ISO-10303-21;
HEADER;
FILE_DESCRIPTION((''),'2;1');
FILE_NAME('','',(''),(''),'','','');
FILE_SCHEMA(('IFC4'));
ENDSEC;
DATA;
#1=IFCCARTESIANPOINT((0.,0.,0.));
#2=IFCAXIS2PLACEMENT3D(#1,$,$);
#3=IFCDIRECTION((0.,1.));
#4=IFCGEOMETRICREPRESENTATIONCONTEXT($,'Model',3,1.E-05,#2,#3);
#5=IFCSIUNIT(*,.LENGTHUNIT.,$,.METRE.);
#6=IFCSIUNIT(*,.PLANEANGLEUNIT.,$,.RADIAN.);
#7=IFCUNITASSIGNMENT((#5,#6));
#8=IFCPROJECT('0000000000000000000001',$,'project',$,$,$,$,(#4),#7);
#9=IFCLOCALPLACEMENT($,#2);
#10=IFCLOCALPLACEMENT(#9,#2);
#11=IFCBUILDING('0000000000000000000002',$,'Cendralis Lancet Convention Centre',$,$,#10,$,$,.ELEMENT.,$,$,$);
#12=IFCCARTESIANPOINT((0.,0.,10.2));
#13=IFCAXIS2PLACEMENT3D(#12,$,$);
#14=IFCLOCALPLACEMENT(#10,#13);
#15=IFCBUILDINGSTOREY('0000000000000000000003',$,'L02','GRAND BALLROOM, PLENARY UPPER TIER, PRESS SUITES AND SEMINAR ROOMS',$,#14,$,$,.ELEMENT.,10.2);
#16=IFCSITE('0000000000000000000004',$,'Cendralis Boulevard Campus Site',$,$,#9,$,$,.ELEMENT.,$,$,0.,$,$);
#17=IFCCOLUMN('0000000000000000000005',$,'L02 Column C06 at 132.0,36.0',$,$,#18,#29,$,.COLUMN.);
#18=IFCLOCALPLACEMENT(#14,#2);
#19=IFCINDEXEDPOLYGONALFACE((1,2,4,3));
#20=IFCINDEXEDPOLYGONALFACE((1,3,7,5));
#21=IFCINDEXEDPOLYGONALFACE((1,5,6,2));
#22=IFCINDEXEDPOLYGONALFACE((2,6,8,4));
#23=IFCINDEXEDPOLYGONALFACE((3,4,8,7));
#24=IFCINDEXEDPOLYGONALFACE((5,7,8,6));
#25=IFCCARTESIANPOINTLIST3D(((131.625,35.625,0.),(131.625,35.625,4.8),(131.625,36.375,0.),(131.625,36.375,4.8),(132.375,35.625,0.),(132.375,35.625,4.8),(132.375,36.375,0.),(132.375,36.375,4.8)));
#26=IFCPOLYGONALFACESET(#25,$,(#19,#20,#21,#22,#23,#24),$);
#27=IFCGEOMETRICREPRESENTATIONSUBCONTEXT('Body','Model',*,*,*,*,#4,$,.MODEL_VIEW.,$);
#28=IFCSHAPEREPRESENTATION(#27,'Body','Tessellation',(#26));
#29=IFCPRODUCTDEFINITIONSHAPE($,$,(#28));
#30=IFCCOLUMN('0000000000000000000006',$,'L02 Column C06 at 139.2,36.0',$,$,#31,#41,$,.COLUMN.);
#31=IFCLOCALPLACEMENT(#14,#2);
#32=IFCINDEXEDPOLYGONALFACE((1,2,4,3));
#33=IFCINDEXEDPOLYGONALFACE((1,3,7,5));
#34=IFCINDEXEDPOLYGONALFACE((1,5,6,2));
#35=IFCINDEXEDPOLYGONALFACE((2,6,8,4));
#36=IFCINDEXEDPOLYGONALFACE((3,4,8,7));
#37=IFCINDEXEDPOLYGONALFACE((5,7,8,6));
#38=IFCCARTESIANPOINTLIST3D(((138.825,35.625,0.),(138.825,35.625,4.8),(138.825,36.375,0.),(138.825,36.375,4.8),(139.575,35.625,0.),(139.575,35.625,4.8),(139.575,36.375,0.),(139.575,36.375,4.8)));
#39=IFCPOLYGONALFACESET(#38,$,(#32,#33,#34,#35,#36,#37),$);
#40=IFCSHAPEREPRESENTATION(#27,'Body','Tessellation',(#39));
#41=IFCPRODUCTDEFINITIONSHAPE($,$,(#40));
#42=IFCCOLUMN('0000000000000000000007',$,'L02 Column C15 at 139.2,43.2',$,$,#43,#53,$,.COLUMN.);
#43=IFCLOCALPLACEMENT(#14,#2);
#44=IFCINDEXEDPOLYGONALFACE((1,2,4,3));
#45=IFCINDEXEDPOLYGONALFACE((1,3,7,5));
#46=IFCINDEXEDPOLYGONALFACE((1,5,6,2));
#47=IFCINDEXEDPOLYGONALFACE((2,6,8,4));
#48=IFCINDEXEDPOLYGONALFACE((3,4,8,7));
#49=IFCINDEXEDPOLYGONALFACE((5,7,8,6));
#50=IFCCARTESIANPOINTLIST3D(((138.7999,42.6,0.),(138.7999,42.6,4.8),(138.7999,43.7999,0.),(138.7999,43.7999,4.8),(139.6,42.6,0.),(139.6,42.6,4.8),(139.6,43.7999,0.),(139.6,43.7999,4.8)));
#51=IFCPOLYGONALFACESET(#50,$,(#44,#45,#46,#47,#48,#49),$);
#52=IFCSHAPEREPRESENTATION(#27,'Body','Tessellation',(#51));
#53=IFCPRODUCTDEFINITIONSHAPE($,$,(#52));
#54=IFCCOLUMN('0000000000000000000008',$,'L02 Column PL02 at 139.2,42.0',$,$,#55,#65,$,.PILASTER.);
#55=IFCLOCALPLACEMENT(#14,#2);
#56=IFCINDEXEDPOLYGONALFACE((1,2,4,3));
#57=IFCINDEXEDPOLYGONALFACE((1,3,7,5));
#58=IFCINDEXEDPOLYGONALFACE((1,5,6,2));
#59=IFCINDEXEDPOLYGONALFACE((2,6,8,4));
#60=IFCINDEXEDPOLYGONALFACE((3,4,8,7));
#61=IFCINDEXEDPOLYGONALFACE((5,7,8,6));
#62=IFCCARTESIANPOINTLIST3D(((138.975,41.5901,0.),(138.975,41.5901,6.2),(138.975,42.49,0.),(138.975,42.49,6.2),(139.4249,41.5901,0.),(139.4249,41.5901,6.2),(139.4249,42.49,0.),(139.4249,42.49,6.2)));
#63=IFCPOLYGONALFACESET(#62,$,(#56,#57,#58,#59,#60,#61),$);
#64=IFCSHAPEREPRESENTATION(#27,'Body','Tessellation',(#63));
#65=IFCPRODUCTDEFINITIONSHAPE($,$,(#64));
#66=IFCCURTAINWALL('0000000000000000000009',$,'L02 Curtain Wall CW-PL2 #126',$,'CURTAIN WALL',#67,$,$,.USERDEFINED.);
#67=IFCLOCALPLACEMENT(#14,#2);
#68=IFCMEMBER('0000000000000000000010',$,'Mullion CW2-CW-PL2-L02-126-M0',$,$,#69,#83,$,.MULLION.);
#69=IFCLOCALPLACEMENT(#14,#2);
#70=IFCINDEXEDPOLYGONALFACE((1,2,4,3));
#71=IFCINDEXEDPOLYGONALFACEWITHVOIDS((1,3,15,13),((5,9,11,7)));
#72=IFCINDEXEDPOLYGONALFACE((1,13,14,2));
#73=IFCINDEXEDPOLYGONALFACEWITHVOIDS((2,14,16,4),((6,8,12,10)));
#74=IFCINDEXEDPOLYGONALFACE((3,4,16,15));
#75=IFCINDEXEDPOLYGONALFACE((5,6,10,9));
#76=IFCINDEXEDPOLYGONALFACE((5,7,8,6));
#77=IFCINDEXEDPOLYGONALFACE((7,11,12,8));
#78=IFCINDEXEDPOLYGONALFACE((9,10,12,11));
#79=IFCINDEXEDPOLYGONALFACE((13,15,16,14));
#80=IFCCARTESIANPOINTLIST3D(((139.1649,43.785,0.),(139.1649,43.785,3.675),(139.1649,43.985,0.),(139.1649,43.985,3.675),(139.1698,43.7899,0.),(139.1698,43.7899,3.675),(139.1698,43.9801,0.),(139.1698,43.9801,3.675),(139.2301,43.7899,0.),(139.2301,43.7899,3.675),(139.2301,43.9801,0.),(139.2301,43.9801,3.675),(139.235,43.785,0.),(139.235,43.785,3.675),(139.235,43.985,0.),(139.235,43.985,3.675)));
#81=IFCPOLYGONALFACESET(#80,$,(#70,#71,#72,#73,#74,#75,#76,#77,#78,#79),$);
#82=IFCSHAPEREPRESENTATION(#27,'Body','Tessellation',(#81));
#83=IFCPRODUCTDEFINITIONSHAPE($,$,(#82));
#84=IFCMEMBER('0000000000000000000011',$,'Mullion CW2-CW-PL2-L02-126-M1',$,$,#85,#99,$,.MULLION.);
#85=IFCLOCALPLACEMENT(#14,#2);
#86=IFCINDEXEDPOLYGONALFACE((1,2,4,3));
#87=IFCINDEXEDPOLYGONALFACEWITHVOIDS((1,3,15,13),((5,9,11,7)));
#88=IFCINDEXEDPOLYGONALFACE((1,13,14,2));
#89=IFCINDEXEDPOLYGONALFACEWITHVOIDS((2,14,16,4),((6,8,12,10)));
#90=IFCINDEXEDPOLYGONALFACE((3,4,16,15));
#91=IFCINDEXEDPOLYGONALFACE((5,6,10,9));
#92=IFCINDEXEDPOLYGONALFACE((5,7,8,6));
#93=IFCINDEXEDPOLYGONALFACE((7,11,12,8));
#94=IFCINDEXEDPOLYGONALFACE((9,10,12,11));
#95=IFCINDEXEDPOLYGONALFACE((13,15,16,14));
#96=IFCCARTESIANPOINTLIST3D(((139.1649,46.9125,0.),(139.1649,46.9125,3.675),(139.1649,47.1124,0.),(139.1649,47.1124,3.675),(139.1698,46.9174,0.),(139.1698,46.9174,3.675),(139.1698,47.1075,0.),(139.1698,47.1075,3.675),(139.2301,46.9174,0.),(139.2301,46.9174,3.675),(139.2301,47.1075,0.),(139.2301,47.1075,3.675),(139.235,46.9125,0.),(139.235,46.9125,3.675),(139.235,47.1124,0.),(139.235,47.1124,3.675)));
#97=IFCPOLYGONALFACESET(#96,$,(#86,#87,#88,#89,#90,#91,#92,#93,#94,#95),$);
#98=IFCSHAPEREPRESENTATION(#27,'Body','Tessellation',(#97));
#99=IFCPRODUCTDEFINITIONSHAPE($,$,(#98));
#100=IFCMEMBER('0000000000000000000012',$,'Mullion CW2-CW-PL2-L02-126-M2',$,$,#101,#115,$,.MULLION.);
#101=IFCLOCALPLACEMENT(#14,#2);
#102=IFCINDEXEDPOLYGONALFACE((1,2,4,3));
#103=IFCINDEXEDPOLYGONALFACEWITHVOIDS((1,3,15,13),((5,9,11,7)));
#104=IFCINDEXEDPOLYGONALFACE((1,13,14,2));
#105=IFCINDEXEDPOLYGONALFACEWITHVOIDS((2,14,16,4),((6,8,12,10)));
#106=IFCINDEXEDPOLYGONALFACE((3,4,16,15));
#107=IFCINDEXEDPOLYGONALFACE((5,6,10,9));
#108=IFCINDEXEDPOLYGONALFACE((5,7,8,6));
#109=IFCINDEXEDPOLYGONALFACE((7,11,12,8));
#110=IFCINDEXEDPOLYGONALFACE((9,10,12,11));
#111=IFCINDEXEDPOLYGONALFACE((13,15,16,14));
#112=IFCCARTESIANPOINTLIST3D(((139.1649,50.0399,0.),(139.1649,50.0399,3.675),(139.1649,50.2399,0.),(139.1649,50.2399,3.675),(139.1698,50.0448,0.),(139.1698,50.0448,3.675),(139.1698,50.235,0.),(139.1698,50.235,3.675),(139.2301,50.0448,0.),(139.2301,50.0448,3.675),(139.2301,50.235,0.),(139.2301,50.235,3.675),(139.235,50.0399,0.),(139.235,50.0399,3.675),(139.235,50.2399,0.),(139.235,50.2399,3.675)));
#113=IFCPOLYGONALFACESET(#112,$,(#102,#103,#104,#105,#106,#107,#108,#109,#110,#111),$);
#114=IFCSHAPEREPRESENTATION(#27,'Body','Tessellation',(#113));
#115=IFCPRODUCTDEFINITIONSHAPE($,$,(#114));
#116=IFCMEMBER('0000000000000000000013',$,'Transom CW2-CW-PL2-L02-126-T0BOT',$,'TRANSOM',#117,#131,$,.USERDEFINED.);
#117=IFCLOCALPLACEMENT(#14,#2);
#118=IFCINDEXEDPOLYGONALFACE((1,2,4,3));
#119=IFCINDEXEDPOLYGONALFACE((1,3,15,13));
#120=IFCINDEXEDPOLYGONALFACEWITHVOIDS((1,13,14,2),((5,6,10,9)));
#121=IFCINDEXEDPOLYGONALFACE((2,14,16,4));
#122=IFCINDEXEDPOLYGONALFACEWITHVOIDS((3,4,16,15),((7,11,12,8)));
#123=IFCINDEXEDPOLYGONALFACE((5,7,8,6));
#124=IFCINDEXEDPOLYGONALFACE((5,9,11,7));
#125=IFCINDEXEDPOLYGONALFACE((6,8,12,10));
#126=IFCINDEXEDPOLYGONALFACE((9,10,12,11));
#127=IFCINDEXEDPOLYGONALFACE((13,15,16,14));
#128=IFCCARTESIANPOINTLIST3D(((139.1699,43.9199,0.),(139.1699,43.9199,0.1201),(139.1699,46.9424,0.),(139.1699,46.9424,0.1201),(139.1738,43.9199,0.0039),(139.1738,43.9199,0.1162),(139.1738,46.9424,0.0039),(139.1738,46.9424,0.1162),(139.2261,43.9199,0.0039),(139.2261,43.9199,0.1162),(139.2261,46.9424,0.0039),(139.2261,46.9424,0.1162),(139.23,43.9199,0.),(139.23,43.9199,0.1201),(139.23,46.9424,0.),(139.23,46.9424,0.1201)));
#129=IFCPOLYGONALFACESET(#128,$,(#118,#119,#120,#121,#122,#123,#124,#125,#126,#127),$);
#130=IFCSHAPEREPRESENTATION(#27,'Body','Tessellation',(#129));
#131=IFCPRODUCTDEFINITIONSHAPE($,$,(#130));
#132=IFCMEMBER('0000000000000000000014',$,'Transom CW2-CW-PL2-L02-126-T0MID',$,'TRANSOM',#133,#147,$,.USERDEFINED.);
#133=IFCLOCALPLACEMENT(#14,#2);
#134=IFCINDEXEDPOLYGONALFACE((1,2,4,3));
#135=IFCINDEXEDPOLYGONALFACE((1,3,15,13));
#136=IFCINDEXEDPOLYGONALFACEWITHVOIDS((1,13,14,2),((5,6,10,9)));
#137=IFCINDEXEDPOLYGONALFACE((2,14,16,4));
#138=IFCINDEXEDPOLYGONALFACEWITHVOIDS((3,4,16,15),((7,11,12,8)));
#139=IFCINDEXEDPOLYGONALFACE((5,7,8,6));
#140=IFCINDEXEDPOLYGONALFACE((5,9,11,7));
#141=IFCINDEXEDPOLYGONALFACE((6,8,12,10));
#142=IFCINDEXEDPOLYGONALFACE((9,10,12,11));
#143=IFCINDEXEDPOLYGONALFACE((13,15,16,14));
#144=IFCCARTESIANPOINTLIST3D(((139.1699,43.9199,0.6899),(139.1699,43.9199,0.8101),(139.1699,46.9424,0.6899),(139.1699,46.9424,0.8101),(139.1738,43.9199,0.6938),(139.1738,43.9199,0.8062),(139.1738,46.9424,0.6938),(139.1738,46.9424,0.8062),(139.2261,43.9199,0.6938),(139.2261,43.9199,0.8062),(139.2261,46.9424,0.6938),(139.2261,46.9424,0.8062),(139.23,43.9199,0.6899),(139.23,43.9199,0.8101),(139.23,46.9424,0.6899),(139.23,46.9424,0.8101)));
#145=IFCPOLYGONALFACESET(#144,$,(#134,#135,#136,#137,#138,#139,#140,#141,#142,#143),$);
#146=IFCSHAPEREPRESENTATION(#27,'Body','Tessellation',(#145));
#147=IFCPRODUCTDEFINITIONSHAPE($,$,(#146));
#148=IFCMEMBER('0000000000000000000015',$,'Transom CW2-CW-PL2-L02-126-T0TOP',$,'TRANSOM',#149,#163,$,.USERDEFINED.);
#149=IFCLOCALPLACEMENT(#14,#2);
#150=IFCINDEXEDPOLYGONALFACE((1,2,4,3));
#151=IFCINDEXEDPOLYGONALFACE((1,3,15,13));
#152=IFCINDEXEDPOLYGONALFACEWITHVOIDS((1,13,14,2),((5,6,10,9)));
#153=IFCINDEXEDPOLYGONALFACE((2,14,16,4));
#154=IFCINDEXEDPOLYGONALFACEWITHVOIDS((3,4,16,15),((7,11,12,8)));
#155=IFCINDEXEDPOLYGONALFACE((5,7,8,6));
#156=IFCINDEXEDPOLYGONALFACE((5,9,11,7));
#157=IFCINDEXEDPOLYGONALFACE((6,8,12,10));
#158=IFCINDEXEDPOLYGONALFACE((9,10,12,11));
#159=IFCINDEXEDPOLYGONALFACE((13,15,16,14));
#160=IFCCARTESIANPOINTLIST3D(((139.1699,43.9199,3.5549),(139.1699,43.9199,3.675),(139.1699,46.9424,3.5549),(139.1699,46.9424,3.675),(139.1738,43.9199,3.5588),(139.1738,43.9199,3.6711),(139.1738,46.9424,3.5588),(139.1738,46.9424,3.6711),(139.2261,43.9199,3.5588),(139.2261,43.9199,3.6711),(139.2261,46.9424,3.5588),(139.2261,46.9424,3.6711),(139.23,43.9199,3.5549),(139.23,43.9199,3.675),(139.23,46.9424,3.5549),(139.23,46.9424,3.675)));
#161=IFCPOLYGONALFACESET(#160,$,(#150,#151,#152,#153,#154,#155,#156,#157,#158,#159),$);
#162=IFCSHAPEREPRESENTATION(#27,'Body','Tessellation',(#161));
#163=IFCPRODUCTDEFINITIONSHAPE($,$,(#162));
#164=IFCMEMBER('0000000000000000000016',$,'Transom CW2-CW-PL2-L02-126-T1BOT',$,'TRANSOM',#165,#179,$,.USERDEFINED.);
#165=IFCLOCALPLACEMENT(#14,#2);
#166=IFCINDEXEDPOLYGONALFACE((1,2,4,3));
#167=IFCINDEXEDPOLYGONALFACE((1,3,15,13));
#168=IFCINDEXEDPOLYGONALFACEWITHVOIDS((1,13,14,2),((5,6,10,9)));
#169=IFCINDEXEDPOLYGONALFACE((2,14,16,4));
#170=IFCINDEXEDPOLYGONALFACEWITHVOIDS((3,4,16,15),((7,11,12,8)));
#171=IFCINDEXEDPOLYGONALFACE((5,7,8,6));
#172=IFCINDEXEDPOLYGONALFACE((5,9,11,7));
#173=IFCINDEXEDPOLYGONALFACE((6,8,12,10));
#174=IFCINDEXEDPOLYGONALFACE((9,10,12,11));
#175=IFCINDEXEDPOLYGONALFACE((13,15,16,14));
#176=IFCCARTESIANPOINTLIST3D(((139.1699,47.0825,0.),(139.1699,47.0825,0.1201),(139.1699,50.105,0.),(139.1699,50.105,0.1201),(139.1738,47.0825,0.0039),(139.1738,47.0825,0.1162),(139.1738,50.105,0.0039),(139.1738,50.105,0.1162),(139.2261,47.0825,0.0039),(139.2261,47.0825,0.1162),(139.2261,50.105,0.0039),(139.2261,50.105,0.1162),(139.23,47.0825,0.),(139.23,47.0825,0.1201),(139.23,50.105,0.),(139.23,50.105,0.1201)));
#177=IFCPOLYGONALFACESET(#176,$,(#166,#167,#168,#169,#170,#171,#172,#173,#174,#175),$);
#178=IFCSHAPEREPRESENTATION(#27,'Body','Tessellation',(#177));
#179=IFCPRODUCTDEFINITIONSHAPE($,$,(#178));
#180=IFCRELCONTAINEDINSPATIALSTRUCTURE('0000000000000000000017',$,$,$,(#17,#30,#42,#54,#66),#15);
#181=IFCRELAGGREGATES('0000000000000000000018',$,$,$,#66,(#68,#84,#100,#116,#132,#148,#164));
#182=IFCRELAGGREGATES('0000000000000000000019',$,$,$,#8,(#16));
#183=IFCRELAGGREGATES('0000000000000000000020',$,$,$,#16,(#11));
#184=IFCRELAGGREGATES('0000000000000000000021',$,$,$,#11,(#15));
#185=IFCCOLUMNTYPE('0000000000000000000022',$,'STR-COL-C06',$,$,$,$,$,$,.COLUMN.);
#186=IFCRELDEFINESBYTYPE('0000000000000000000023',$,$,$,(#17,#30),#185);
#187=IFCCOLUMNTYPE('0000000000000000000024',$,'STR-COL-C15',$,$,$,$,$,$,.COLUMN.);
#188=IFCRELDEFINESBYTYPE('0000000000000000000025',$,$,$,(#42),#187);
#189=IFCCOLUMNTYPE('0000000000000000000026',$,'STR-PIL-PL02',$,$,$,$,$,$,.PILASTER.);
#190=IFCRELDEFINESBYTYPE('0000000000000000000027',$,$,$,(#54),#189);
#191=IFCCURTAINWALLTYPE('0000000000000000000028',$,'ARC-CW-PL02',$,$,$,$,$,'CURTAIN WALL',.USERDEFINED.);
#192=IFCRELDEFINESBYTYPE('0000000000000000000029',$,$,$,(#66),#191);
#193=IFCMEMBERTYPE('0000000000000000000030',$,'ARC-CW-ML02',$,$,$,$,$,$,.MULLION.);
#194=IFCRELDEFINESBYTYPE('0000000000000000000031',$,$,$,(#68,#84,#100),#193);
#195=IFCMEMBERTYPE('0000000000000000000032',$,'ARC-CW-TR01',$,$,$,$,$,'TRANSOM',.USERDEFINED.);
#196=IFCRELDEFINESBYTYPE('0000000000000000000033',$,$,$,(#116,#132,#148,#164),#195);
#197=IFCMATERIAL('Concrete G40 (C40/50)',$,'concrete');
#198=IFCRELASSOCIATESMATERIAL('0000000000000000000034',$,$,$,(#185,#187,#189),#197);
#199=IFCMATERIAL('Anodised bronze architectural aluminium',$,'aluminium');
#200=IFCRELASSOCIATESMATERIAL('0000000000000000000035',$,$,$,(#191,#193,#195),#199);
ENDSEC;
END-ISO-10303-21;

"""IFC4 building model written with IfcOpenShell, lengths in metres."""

from ifc_helpers import new_model, si_unit, direction, frame, origin, origin_2d, place, context, subcontext, project, spatial, rectangle, hollow_rectangle, extrude, material, material_profile, profile_set, type_object, element, aggregate, save


model = new_model("IFC4")

# Units and contexts
model_context = context("Model", 3, precision=1e-05, world=origin(), true_north=direction((0.0, 1.0)))
body_context = subcontext(model_context, "Body", "Model", "MODEL_VIEW")
ifc_project = project(units=[si_unit("LENGTHUNIT", "METRE"), si_unit("PLANEANGLEUNIT", "RADIAN")], contexts=[model_context])

# Site, building, storey
site_placement = place(None, origin())
site = spatial("IfcSite", under=ifc_project, at=site_placement, Name="Cendralis Boulevard Campus Site", CompositionType="ELEMENT", RefElevation=0.0)
building_placement = place(site_placement, origin())
building = spatial("IfcBuilding", under=site, at=building_placement, Name="Cendralis Lancet Convention Centre", CompositionType="ELEMENT")
storey_placement = place(building_placement, frame((0.0, 0.0, 10.2)))
storey = spatial("IfcBuildingStorey", under=building, at=storey_placement, Name="L02", Description="GRAND BALLROOM, PLENARY UPPER TIER, PRESS SUITES AND SEMINAR ROOMS", CompositionType="ELEMENT", Elevation=10.2)

# Columns
ifc_material_1 = material(Name="Concrete G40 (C40/50)", Category="concrete")
ifc_material_profile_1 = material_profile(ifc_material_1, rectangle(XDim=0.75, YDim=0.75, at=origin_2d()), Name="RC 750x750")
ifc_profile_set_1 = profile_set([ifc_material_profile_1], Name="Concrete G40 (C40/50)")
column_type_1 = type_object("IfcColumnType", Name="STR-COL-C06", PredefinedType="COLUMN", material=ifc_profile_set_1)
for number, where, z_axis, x_axis, name in (
    (1, (132.0, 36.0, 0.0), (0.0, 0.0, 1.0), (1.0, 0.0, 0.0), "L02 Column C06 at 132.0,36.0"),
    (2, (139.2, 36.0, 0.0), (0.0, 0.0, 1.0), (1.0, 0.0, 0.0), "L02 Column C06 at 139.2,36.0"),
):
    element("IfcColumn", number, at=place(storey_placement, frame(where, z_axis=z_axis, x_axis=x_axis)), inside=storey, type_object=column_type_1, Name=name, PredefinedType="COLUMN", context=body_context, shape_type="SweptSolid", body=[
        extrude(rectangle(XDim=0.75, YDim=0.75, at=origin_2d()), origin(), (0.0, 0.0, 1.0), 4.8),
    ])
ifc_material_profile_2 = material_profile(ifc_material_1, rectangle(XDim=0.8, YDim=1.2, at=origin_2d()), Name="RC 800x1200")
ifc_profile_set_2 = profile_set([ifc_material_profile_2], Name="Concrete G40 (C40/50)")
column_type_2 = type_object("IfcColumnType", Name="STR-COL-C15", PredefinedType="COLUMN", material=ifc_profile_set_2)
column_1_placement = place(storey_placement, frame((139.2, 43.2, 0.0), z_axis=(0.0, 0.0, 1.0), x_axis=(1.0, 0.0, 0.0)))
element("IfcColumn", 3, at=column_1_placement, inside=storey, type_object=column_type_2, Name="L02 Column C15 at 139.2,43.2", PredefinedType="COLUMN", context=body_context, shape_type="SweptSolid", body=[
    extrude(rectangle(XDim=0.8, YDim=1.2, at=origin_2d()), origin(), (0.0, 0.0, 1.0), 4.8),
])
ifc_material_profile_3 = material_profile(ifc_material_1, rectangle(XDim=0.45, YDim=0.8999, at=origin_2d()), Name="RC 450x900")
ifc_profile_set_3 = profile_set([ifc_material_profile_3], Name="Concrete G40 (C40/50)")
column_type_3 = type_object("IfcColumnType", Name="STR-PIL-PL02", PredefinedType="PILASTER", material=ifc_profile_set_3)
column_2_placement = place(storey_placement, frame((139.2, 42.04, 0.0), z_axis=(0.0, 0.0, 1.0), x_axis=(1.0, 0.0, 0.0)))
element("IfcColumn", 4, at=column_2_placement, inside=storey, type_object=column_type_3, Name="L02 Column PL02 at 139.2,42.0", PredefinedType="PILASTER", context=body_context, shape_type="SweptSolid", body=[
    extrude(rectangle(XDim=0.45, YDim=0.8999, at=origin_2d()), origin(), (0.0, 0.0, 1.0), 6.2),
])

# Curtain wall, members
ifc_material_2 = material(Name="Anodised bronze architectural aluminium", Category="aluminium")
curtain_wall_type = type_object("IfcCurtainWallType", Name="ARC-CW-PL02", ElementType="CURTAIN WALL", PredefinedType="USERDEFINED", material=ifc_material_2)
curtain_wall_placement = place(storey_placement, origin())
curtain_wall = element("IfcCurtainWall", 5, at=curtain_wall_placement, inside=storey, type_object=curtain_wall_type, Name="L02 Curtain Wall CW-PL2 #126", ObjectType="CURTAIN WALL", PredefinedType="USERDEFINED")
ifc_material_profile_4 = material_profile(ifc_material_2, hollow_rectangle(XDim=0.0701, YDim=0.2, WallThickness=0.0049, at=origin_2d()), Name="AL-MULL 70x200x5.0")
ifc_profile_set_4 = profile_set([ifc_material_profile_4], Name="Anodised bronze architectural aluminium")
member_type_1 = type_object("IfcMemberType", Name="ARC-CW-ML02", PredefinedType="MULLION", material=ifc_profile_set_4)
member_1_placement = place(storey_placement, frame((139.2, 43.885, 0.0), z_axis=(0.0, 0.0, 1.0), x_axis=(1.0, 0.0, 0.0)))
member_1 = element("IfcMember", 6, at=member_1_placement, type_object=member_type_1, Name="Mullion CW2-CW-PL2-L02-126-M0", PredefinedType="MULLION", context=body_context, shape_type="SweptSolid", body=[
    extrude(hollow_rectangle(XDim=0.0701, YDim=0.2, WallThickness=0.0049, at=origin_2d()), origin(), (0.0, 0.0, 1.0), 3.675),
])
member_2_placement = place(storey_placement, frame((139.2, 47.0125, 0.0), z_axis=(0.0, 0.0, 1.0), x_axis=(1.0, 0.0, 0.0)))
member_2 = element("IfcMember", 7, at=member_2_placement, type_object=member_type_1, Name="Mullion CW2-CW-PL2-L02-126-M1", PredefinedType="MULLION", context=body_context, shape_type="SweptSolid", body=[
    extrude(hollow_rectangle(XDim=0.0701, YDim=0.2, WallThickness=0.0049, at=origin_2d()), origin(), (0.0, 0.0, 1.0), 3.675),
])
member_3_placement = place(storey_placement, frame((139.2, 50.1399, 0.0), z_axis=(0.0, 0.0, 1.0), x_axis=(1.0, 0.0, 0.0)))
member_3 = element("IfcMember", 8, at=member_3_placement, type_object=member_type_1, Name="Mullion CW2-CW-PL2-L02-126-M2", PredefinedType="MULLION", context=body_context, shape_type="SweptSolid", body=[
    extrude(hollow_rectangle(XDim=0.0701, YDim=0.2, WallThickness=0.0049, at=origin_2d()), origin(), (0.0, 0.0, 1.0), 3.675),
])
ifc_material_profile_5 = material_profile(ifc_material_2, hollow_rectangle(XDim=0.0601, YDim=0.1201, WallThickness=0.0039, at=origin_2d()), Name="AL-TRAN 60x120x4.0")
ifc_profile_set_5 = profile_set([ifc_material_profile_5], Name="Anodised bronze architectural aluminium")
member_type_2 = type_object("IfcMemberType", Name="ARC-CW-TR01", ElementType="TRANSOM", PredefinedType="USERDEFINED", material=ifc_profile_set_5)
member_4_placement = place(storey_placement, frame((139.2, 43.9199, 0.0601), z_axis=(0.0, 1.0, 0.0), x_axis=(-1.0, 0.0, 0.0)))
member_4 = element("IfcMember", 9, at=member_4_placement, type_object=member_type_2, Name="Transom CW2-CW-PL2-L02-126-T0BOT", ObjectType="TRANSOM", PredefinedType="USERDEFINED", context=body_context, shape_type="SweptSolid", body=[
    extrude(hollow_rectangle(XDim=0.0601, YDim=0.1201, WallThickness=0.0039, at=origin_2d()), origin(), (0.0, 0.0, 1.0), 3.0225),
])
member_5_placement = place(storey_placement, frame((139.2, 43.9199, 0.75), z_axis=(0.0, 1.0, 0.0), x_axis=(-1.0, 0.0, 0.0)))
member_5 = element("IfcMember", 10, at=member_5_placement, type_object=member_type_2, Name="Transom CW2-CW-PL2-L02-126-T0MID", ObjectType="TRANSOM", PredefinedType="USERDEFINED", context=body_context, shape_type="SweptSolid", body=[
    extrude(hollow_rectangle(XDim=0.0601, YDim=0.1201, WallThickness=0.0039, at=origin_2d()), origin(), (0.0, 0.0, 1.0), 3.0225),
])
member_6_placement = place(storey_placement, frame((139.2, 43.9199, 3.615), z_axis=(0.0, 1.0, 0.0), x_axis=(-1.0, 0.0, 0.0)))
member_6 = element("IfcMember", 11, at=member_6_placement, type_object=member_type_2, Name="Transom CW2-CW-PL2-L02-126-T0TOP", ObjectType="TRANSOM", PredefinedType="USERDEFINED", context=body_context, shape_type="SweptSolid", body=[
    extrude(hollow_rectangle(XDim=0.0601, YDim=0.1201, WallThickness=0.0039, at=origin_2d()), origin(), (0.0, 0.0, 1.0), 3.0225),
])
member_7_placement = place(storey_placement, frame((139.2, 47.0825, 0.0601), z_axis=(0.0, 1.0, 0.0), x_axis=(-1.0, 0.0, 0.0)))
member_7 = element("IfcMember", 12, at=member_7_placement, type_object=member_type_2, Name="Transom CW2-CW-PL2-L02-126-T1BOT", ObjectType="TRANSOM", PredefinedType="USERDEFINED", context=body_context, shape_type="SweptSolid", body=[
    extrude(hollow_rectangle(XDim=0.0601, YDim=0.1201, WallThickness=0.0039, at=origin_2d()), origin(), (0.0, 0.0, 1.0), 3.0225),
])

aggregate(curtain_wall, [member_1, member_2, member_3, member_4, member_5, member_6, member_7])

save(model, "model.ifc")
